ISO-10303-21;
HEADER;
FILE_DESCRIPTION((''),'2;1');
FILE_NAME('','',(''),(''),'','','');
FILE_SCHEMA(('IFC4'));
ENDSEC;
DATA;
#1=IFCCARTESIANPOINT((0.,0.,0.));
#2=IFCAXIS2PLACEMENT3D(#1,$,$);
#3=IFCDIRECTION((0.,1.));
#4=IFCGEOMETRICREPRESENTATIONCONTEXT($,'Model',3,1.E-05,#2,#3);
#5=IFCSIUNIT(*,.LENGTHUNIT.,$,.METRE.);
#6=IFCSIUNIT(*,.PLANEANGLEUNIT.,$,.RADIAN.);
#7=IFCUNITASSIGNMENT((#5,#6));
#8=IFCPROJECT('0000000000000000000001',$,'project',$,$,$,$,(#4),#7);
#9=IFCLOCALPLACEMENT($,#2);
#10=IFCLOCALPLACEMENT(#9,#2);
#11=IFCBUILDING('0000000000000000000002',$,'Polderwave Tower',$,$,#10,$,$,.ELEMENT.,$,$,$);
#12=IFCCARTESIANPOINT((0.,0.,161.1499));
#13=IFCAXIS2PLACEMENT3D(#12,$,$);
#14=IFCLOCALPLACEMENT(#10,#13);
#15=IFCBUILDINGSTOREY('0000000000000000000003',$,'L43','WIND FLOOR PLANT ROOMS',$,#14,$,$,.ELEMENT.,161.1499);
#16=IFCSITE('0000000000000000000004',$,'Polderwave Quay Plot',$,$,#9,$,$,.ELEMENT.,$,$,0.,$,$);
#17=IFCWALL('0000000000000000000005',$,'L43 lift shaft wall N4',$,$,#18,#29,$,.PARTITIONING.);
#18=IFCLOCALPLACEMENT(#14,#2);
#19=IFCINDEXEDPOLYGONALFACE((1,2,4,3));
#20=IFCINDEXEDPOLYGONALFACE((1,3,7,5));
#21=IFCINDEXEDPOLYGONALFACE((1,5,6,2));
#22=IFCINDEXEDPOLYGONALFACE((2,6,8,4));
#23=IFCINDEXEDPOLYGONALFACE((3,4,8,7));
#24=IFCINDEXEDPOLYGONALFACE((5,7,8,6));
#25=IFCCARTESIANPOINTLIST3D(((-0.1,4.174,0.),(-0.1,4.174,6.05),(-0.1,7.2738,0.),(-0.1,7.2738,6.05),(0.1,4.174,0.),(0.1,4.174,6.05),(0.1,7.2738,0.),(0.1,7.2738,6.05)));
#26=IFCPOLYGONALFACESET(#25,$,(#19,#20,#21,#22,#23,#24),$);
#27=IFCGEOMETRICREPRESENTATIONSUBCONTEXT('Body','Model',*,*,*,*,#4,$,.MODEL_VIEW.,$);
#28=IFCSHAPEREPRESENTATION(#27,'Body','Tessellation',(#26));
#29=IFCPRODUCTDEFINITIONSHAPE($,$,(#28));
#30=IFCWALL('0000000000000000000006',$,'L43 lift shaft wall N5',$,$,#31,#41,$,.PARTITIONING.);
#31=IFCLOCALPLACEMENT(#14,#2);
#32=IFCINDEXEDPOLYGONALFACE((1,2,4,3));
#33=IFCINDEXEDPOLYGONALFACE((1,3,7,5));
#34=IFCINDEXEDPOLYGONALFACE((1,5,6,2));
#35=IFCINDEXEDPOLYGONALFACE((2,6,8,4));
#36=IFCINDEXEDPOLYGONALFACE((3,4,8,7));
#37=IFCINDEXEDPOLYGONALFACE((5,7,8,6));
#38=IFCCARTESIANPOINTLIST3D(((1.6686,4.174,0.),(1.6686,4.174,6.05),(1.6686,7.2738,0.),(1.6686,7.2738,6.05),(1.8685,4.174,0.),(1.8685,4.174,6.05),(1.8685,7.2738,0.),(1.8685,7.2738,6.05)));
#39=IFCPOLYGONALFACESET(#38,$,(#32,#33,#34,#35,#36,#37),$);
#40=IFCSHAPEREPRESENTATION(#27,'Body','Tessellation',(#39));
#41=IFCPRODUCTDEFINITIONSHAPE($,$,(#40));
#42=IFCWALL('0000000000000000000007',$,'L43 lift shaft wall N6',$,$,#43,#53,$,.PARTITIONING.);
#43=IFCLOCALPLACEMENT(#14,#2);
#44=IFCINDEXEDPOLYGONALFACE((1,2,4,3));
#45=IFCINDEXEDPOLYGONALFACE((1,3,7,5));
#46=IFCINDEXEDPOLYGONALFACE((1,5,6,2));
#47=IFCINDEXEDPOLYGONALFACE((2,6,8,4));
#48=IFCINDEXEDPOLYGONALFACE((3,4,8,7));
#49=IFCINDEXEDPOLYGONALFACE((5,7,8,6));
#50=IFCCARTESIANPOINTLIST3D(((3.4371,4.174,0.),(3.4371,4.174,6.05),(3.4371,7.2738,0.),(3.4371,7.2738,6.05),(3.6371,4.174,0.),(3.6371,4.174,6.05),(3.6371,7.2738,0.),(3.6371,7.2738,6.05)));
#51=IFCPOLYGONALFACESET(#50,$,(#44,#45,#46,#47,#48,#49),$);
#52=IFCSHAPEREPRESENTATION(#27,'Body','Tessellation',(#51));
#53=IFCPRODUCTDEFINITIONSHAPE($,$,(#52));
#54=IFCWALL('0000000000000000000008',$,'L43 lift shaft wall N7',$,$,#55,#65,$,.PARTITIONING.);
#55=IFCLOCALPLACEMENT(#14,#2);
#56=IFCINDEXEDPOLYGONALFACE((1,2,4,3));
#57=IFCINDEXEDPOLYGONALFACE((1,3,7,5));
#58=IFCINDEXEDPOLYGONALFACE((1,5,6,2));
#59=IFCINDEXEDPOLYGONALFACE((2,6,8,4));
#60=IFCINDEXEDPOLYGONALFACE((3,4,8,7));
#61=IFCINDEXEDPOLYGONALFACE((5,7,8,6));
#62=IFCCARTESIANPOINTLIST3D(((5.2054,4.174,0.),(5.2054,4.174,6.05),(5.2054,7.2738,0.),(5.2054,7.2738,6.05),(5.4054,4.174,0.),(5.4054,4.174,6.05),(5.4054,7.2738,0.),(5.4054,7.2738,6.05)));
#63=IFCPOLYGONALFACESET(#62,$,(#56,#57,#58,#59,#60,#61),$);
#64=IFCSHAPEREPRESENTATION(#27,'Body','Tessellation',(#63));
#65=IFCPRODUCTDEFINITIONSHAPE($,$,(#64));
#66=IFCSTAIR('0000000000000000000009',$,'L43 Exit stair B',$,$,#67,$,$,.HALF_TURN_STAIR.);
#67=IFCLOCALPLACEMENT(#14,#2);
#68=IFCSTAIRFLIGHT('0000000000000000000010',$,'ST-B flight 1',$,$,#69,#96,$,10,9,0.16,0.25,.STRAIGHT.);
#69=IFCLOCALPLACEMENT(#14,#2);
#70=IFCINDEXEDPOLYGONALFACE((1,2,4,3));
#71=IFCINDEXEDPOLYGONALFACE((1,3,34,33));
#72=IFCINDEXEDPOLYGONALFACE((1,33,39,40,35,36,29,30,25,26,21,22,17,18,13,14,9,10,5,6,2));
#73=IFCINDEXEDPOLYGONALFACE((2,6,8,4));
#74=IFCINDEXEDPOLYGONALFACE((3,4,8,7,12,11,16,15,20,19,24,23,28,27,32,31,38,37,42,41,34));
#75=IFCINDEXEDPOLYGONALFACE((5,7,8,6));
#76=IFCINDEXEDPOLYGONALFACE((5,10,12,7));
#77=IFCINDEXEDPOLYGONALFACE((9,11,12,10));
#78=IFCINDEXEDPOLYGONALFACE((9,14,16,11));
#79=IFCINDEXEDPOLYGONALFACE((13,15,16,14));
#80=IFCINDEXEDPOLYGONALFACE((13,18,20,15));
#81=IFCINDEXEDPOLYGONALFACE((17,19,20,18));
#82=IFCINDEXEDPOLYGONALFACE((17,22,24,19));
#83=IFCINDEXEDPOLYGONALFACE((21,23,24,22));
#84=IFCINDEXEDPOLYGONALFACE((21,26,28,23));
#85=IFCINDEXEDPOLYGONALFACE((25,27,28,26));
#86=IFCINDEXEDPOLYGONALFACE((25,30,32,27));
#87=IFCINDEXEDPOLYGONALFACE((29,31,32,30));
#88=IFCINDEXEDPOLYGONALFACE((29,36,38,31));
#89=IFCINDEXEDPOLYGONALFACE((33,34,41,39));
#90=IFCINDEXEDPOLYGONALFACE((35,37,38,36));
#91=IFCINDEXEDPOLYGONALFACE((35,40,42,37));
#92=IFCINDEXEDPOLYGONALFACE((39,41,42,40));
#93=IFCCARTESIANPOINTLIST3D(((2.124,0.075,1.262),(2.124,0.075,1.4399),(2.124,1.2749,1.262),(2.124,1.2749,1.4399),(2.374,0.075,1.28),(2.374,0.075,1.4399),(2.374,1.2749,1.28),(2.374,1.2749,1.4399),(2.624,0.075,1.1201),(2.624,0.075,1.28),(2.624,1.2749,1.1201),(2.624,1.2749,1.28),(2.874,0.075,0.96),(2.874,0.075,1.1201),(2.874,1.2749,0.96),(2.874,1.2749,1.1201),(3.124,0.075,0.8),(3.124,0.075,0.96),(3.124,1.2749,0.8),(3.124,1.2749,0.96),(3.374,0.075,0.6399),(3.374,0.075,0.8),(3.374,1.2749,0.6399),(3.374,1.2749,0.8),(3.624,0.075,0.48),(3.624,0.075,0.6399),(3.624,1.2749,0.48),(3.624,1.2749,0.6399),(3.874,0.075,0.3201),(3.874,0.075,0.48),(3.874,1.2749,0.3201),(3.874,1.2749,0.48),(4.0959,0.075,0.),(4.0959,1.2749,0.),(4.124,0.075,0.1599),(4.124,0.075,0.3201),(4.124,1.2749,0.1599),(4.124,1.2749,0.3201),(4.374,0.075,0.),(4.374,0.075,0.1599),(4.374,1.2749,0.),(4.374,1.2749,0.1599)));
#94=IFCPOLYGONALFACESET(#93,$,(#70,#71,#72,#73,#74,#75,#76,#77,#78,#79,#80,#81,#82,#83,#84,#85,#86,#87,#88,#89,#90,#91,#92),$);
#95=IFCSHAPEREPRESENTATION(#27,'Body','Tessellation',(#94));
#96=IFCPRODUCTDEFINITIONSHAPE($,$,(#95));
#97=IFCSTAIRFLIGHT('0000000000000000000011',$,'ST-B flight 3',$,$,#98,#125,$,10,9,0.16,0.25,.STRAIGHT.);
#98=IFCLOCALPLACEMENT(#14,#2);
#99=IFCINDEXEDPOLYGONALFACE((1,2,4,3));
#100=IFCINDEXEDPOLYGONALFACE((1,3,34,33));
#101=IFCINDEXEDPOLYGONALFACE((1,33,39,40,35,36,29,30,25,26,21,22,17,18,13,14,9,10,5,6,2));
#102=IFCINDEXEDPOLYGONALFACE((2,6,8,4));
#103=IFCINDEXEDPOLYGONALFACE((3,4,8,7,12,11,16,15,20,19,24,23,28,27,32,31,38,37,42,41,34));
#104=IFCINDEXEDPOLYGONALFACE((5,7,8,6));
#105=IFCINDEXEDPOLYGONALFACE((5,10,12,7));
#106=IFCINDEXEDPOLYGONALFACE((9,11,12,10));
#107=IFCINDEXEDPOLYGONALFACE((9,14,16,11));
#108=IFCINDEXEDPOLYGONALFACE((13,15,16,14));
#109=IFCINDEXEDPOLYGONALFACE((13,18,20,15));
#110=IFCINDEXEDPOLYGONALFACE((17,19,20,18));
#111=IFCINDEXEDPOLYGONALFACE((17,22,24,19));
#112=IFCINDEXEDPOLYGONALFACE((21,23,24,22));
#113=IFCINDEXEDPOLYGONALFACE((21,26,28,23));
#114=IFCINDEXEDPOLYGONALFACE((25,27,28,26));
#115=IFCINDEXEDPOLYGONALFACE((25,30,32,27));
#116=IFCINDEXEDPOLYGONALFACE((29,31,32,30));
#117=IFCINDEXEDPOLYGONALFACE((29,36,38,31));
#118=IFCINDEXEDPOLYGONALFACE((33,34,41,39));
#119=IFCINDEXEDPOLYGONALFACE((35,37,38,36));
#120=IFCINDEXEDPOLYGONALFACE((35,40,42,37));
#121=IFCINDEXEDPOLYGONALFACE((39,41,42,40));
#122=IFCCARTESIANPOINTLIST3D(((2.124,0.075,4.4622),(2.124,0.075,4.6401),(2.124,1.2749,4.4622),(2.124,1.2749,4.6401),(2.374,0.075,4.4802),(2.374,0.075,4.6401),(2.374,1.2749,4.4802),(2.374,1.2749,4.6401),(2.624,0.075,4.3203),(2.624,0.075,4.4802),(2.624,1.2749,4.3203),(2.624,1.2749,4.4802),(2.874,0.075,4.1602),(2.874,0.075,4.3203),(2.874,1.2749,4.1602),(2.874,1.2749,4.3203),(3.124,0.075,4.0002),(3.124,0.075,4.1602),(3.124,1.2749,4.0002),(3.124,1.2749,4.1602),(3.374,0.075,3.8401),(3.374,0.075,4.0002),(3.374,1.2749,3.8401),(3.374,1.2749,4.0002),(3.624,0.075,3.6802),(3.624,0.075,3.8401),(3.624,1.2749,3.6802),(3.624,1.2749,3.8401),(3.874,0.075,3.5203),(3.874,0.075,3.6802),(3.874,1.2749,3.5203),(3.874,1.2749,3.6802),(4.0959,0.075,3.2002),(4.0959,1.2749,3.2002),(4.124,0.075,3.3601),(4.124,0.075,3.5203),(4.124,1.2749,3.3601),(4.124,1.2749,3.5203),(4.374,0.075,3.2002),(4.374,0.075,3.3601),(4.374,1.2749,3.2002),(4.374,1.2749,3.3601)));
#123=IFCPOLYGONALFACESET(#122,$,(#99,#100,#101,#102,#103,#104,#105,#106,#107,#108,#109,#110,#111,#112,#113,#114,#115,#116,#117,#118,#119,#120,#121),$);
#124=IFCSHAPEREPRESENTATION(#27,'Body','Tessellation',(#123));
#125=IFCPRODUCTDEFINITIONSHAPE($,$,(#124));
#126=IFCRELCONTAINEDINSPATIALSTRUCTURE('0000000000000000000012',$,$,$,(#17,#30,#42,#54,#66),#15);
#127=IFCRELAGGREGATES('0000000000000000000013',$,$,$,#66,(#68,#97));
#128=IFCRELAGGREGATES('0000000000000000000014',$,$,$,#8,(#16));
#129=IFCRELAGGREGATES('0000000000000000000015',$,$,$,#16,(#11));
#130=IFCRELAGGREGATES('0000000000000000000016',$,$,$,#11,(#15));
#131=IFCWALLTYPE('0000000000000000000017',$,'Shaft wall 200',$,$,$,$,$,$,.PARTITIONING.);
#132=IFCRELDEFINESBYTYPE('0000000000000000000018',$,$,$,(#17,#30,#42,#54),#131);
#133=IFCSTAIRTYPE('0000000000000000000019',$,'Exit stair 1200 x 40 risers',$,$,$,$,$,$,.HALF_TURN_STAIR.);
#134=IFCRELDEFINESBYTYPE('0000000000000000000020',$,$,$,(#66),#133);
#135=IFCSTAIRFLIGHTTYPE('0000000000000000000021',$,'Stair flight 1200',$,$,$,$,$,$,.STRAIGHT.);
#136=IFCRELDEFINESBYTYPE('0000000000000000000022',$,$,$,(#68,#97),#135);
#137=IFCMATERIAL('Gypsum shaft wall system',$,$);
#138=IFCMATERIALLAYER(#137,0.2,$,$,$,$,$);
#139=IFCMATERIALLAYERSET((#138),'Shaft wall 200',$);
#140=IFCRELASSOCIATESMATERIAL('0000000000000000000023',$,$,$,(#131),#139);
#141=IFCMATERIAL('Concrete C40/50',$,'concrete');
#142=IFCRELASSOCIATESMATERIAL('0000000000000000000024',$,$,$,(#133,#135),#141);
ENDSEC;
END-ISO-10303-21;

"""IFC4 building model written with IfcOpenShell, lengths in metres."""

from ifc_helpers import new_model, si_unit, direction, frame, frame_2d, origin, place, context, subcontext, project, spatial, polyline, rectangle, outline, extrude, material, layer, layer_set, type_object, element, aggregate, save


model = new_model("IFC4")

# Units and contexts
model_context = context("Model", 3, precision=1e-05, world=origin(), true_north=direction((0.0, 1.0)))
body_context = subcontext(model_context, "Body", "Model", "MODEL_VIEW")
ifc_project = project(units=[si_unit("LENGTHUNIT", "METRE"), si_unit("PLANEANGLEUNIT", "RADIAN")], contexts=[model_context])

# Site, building, storey
site_placement = place(None, origin())
site = spatial("IfcSite", under=ifc_project, at=site_placement, Name="Polderwave Quay Plot", CompositionType="ELEMENT", RefElevation=0.0)
building_placement = place(site_placement, origin())
building = spatial("IfcBuilding", under=site, at=building_placement, Name="Polderwave Tower", CompositionType="ELEMENT")
storey_placement = place(building_placement, frame((0.0, 0.0, 161.1499)))
storey = spatial("IfcBuildingStorey", under=building, at=storey_placement, Name="L43", Description="WIND FLOOR PLANT ROOMS", CompositionType="ELEMENT", Elevation=161.1499)

# Walls
ifc_material_1 = material(Name="Gypsum shaft wall system")
ifc_layer_1 = layer(ifc_material_1, 0.2)
ifc_layer_set_1 = layer_set([ifc_layer_1], Name="Shaft wall 200")
wall_type_1 = type_object("IfcWallType", Name="Shaft wall 200", PredefinedType="PARTITIONING", material=ifc_layer_set_1)
for number, where, z_axis, x_axis, name in (
    (1, (0.0, 4.1741, 0.0), (0.0, 0.0, 1.0), (0.0, 1.0, 0.0), "L43 lift shaft wall N4"),
    (2, (1.7686, 4.1741, 0.0), (0.0, 0.0, 1.0), (0.0, 1.0, 0.0), "L43 lift shaft wall N5"),
    (3, (3.5371, 4.1741, 0.0), (0.0, 0.0, 1.0), (0.0, 1.0, 0.0), "L43 lift shaft wall N6"),
    (4, (5.3054, 4.1741, 0.0), (0.0, 0.0, 1.0), (0.0, 1.0, 0.0), "L43 lift shaft wall N7"),
):
    element("IfcWall", number, at=place(storey_placement, frame(where, z_axis=z_axis, x_axis=x_axis)), inside=storey, type_object=wall_type_1, Name=name, PredefinedType="PARTITIONING", context=body_context, shape_type="SweptSolid", body=[
        extrude(rectangle(XDim=3.0999, YDim=0.2, at=frame_2d((1.5498, 0.0))), origin(), (0.0, 0.0, 1.0), 6.05),
    ])

# Stair, stair flights
ifc_material_2 = material(Name="Concrete C40/50", Category="concrete")
stair_type = type_object("IfcStairType", Name="Exit stair 1200 x 40 risers", PredefinedType="HALF_TURN_STAIR", material=ifc_material_2)
stair_placement = place(storey_placement, origin())
stair = element("IfcStair", 5, at=stair_placement, inside=storey, type_object=stair_type, Name="L43 Exit stair B", PredefinedType="HALF_TURN_STAIR")
stair_flight_type = type_object("IfcStairFlightType", Name="Stair flight 1200", PredefinedType="STRAIGHT", material=ifc_material_2)
stair_flight_1_placement = place(storey_placement, frame((4.374, 0.675, 0.0), z_axis=(0.0, 0.0, 1.0), x_axis=(-1.0, 0.0, 0.0)))
stair_flight_1 = element("IfcStairFlight", 6, at=stair_flight_1_placement, type_object=stair_flight_type, Name="ST-B flight 1", NumberOfRisers=10, NumberOfTreads=9, PredefinedType="STRAIGHT", RiserHeight=0.16, TreadLength=0.25, context=body_context, shape_type="SweptSolid", body=[
    extrude(outline(polyline([(0.0, 0.0), (0.0, 0.1599), (0.25, 0.1599), (0.25, 0.3201), (0.5, 0.3201), (0.5, 0.48), (0.75, 0.48), (0.75, 0.6399), (1.0, 0.6399), (1.0, 0.8), (1.25, 0.8), (1.25, 0.96), (1.5, 0.96), (1.5, 1.1201), (1.75, 1.1201), (1.75, 1.28), (2.0, 1.28), (2.0, 1.4399), (2.25, 1.4399), (2.25, 1.6001), (2.25, 1.262), (0.2781, 0.0), (0.0, 0.0)])), frame((0.0, 0.6001, 0.0), z_axis=(0.0, -1.0, 0.0), x_axis=(1.0, 0.0, 0.0)), (0.0, 0.0, 1.0), 1.2),
])
stair_flight_2_placement = place(storey_placement, frame((4.374, 0.675, 3.2002), z_axis=(0.0, 0.0, 1.0), x_axis=(-1.0, 0.0, 0.0)))
stair_flight_2 = element("IfcStairFlight", 7, at=stair_flight_2_placement, type_object=stair_flight_type, Name="ST-B flight 3", NumberOfRisers=10, NumberOfTreads=9, PredefinedType="STRAIGHT", RiserHeight=0.16, TreadLength=0.25, context=body_context, shape_type="SweptSolid", body=[
    extrude(outline(polyline([(0.0, 0.0), (0.0, 0.1599), (0.25, 0.1599), (0.25, 0.3201), (0.5, 0.3201), (0.5, 0.48), (0.75, 0.48), (0.75, 0.6399), (1.0, 0.6399), (1.0, 0.8), (1.25, 0.8), (1.25, 0.96), (1.5, 0.96), (1.5, 1.1201), (1.75, 1.1201), (1.75, 1.28), (2.0, 1.28), (2.0, 1.4399), (2.25, 1.4399), (2.25, 1.6001), (2.25, 1.262), (0.2781, 0.0), (0.0, 0.0)])), frame((0.0, 0.6001, 0.0), z_axis=(0.0, -1.0, 0.0), x_axis=(1.0, 0.0, 0.0)), (0.0, 0.0, 1.0), 1.2),
])
aggregate(stair, [stair_flight_1, stair_flight_2])

save(model, "model.ifc")
